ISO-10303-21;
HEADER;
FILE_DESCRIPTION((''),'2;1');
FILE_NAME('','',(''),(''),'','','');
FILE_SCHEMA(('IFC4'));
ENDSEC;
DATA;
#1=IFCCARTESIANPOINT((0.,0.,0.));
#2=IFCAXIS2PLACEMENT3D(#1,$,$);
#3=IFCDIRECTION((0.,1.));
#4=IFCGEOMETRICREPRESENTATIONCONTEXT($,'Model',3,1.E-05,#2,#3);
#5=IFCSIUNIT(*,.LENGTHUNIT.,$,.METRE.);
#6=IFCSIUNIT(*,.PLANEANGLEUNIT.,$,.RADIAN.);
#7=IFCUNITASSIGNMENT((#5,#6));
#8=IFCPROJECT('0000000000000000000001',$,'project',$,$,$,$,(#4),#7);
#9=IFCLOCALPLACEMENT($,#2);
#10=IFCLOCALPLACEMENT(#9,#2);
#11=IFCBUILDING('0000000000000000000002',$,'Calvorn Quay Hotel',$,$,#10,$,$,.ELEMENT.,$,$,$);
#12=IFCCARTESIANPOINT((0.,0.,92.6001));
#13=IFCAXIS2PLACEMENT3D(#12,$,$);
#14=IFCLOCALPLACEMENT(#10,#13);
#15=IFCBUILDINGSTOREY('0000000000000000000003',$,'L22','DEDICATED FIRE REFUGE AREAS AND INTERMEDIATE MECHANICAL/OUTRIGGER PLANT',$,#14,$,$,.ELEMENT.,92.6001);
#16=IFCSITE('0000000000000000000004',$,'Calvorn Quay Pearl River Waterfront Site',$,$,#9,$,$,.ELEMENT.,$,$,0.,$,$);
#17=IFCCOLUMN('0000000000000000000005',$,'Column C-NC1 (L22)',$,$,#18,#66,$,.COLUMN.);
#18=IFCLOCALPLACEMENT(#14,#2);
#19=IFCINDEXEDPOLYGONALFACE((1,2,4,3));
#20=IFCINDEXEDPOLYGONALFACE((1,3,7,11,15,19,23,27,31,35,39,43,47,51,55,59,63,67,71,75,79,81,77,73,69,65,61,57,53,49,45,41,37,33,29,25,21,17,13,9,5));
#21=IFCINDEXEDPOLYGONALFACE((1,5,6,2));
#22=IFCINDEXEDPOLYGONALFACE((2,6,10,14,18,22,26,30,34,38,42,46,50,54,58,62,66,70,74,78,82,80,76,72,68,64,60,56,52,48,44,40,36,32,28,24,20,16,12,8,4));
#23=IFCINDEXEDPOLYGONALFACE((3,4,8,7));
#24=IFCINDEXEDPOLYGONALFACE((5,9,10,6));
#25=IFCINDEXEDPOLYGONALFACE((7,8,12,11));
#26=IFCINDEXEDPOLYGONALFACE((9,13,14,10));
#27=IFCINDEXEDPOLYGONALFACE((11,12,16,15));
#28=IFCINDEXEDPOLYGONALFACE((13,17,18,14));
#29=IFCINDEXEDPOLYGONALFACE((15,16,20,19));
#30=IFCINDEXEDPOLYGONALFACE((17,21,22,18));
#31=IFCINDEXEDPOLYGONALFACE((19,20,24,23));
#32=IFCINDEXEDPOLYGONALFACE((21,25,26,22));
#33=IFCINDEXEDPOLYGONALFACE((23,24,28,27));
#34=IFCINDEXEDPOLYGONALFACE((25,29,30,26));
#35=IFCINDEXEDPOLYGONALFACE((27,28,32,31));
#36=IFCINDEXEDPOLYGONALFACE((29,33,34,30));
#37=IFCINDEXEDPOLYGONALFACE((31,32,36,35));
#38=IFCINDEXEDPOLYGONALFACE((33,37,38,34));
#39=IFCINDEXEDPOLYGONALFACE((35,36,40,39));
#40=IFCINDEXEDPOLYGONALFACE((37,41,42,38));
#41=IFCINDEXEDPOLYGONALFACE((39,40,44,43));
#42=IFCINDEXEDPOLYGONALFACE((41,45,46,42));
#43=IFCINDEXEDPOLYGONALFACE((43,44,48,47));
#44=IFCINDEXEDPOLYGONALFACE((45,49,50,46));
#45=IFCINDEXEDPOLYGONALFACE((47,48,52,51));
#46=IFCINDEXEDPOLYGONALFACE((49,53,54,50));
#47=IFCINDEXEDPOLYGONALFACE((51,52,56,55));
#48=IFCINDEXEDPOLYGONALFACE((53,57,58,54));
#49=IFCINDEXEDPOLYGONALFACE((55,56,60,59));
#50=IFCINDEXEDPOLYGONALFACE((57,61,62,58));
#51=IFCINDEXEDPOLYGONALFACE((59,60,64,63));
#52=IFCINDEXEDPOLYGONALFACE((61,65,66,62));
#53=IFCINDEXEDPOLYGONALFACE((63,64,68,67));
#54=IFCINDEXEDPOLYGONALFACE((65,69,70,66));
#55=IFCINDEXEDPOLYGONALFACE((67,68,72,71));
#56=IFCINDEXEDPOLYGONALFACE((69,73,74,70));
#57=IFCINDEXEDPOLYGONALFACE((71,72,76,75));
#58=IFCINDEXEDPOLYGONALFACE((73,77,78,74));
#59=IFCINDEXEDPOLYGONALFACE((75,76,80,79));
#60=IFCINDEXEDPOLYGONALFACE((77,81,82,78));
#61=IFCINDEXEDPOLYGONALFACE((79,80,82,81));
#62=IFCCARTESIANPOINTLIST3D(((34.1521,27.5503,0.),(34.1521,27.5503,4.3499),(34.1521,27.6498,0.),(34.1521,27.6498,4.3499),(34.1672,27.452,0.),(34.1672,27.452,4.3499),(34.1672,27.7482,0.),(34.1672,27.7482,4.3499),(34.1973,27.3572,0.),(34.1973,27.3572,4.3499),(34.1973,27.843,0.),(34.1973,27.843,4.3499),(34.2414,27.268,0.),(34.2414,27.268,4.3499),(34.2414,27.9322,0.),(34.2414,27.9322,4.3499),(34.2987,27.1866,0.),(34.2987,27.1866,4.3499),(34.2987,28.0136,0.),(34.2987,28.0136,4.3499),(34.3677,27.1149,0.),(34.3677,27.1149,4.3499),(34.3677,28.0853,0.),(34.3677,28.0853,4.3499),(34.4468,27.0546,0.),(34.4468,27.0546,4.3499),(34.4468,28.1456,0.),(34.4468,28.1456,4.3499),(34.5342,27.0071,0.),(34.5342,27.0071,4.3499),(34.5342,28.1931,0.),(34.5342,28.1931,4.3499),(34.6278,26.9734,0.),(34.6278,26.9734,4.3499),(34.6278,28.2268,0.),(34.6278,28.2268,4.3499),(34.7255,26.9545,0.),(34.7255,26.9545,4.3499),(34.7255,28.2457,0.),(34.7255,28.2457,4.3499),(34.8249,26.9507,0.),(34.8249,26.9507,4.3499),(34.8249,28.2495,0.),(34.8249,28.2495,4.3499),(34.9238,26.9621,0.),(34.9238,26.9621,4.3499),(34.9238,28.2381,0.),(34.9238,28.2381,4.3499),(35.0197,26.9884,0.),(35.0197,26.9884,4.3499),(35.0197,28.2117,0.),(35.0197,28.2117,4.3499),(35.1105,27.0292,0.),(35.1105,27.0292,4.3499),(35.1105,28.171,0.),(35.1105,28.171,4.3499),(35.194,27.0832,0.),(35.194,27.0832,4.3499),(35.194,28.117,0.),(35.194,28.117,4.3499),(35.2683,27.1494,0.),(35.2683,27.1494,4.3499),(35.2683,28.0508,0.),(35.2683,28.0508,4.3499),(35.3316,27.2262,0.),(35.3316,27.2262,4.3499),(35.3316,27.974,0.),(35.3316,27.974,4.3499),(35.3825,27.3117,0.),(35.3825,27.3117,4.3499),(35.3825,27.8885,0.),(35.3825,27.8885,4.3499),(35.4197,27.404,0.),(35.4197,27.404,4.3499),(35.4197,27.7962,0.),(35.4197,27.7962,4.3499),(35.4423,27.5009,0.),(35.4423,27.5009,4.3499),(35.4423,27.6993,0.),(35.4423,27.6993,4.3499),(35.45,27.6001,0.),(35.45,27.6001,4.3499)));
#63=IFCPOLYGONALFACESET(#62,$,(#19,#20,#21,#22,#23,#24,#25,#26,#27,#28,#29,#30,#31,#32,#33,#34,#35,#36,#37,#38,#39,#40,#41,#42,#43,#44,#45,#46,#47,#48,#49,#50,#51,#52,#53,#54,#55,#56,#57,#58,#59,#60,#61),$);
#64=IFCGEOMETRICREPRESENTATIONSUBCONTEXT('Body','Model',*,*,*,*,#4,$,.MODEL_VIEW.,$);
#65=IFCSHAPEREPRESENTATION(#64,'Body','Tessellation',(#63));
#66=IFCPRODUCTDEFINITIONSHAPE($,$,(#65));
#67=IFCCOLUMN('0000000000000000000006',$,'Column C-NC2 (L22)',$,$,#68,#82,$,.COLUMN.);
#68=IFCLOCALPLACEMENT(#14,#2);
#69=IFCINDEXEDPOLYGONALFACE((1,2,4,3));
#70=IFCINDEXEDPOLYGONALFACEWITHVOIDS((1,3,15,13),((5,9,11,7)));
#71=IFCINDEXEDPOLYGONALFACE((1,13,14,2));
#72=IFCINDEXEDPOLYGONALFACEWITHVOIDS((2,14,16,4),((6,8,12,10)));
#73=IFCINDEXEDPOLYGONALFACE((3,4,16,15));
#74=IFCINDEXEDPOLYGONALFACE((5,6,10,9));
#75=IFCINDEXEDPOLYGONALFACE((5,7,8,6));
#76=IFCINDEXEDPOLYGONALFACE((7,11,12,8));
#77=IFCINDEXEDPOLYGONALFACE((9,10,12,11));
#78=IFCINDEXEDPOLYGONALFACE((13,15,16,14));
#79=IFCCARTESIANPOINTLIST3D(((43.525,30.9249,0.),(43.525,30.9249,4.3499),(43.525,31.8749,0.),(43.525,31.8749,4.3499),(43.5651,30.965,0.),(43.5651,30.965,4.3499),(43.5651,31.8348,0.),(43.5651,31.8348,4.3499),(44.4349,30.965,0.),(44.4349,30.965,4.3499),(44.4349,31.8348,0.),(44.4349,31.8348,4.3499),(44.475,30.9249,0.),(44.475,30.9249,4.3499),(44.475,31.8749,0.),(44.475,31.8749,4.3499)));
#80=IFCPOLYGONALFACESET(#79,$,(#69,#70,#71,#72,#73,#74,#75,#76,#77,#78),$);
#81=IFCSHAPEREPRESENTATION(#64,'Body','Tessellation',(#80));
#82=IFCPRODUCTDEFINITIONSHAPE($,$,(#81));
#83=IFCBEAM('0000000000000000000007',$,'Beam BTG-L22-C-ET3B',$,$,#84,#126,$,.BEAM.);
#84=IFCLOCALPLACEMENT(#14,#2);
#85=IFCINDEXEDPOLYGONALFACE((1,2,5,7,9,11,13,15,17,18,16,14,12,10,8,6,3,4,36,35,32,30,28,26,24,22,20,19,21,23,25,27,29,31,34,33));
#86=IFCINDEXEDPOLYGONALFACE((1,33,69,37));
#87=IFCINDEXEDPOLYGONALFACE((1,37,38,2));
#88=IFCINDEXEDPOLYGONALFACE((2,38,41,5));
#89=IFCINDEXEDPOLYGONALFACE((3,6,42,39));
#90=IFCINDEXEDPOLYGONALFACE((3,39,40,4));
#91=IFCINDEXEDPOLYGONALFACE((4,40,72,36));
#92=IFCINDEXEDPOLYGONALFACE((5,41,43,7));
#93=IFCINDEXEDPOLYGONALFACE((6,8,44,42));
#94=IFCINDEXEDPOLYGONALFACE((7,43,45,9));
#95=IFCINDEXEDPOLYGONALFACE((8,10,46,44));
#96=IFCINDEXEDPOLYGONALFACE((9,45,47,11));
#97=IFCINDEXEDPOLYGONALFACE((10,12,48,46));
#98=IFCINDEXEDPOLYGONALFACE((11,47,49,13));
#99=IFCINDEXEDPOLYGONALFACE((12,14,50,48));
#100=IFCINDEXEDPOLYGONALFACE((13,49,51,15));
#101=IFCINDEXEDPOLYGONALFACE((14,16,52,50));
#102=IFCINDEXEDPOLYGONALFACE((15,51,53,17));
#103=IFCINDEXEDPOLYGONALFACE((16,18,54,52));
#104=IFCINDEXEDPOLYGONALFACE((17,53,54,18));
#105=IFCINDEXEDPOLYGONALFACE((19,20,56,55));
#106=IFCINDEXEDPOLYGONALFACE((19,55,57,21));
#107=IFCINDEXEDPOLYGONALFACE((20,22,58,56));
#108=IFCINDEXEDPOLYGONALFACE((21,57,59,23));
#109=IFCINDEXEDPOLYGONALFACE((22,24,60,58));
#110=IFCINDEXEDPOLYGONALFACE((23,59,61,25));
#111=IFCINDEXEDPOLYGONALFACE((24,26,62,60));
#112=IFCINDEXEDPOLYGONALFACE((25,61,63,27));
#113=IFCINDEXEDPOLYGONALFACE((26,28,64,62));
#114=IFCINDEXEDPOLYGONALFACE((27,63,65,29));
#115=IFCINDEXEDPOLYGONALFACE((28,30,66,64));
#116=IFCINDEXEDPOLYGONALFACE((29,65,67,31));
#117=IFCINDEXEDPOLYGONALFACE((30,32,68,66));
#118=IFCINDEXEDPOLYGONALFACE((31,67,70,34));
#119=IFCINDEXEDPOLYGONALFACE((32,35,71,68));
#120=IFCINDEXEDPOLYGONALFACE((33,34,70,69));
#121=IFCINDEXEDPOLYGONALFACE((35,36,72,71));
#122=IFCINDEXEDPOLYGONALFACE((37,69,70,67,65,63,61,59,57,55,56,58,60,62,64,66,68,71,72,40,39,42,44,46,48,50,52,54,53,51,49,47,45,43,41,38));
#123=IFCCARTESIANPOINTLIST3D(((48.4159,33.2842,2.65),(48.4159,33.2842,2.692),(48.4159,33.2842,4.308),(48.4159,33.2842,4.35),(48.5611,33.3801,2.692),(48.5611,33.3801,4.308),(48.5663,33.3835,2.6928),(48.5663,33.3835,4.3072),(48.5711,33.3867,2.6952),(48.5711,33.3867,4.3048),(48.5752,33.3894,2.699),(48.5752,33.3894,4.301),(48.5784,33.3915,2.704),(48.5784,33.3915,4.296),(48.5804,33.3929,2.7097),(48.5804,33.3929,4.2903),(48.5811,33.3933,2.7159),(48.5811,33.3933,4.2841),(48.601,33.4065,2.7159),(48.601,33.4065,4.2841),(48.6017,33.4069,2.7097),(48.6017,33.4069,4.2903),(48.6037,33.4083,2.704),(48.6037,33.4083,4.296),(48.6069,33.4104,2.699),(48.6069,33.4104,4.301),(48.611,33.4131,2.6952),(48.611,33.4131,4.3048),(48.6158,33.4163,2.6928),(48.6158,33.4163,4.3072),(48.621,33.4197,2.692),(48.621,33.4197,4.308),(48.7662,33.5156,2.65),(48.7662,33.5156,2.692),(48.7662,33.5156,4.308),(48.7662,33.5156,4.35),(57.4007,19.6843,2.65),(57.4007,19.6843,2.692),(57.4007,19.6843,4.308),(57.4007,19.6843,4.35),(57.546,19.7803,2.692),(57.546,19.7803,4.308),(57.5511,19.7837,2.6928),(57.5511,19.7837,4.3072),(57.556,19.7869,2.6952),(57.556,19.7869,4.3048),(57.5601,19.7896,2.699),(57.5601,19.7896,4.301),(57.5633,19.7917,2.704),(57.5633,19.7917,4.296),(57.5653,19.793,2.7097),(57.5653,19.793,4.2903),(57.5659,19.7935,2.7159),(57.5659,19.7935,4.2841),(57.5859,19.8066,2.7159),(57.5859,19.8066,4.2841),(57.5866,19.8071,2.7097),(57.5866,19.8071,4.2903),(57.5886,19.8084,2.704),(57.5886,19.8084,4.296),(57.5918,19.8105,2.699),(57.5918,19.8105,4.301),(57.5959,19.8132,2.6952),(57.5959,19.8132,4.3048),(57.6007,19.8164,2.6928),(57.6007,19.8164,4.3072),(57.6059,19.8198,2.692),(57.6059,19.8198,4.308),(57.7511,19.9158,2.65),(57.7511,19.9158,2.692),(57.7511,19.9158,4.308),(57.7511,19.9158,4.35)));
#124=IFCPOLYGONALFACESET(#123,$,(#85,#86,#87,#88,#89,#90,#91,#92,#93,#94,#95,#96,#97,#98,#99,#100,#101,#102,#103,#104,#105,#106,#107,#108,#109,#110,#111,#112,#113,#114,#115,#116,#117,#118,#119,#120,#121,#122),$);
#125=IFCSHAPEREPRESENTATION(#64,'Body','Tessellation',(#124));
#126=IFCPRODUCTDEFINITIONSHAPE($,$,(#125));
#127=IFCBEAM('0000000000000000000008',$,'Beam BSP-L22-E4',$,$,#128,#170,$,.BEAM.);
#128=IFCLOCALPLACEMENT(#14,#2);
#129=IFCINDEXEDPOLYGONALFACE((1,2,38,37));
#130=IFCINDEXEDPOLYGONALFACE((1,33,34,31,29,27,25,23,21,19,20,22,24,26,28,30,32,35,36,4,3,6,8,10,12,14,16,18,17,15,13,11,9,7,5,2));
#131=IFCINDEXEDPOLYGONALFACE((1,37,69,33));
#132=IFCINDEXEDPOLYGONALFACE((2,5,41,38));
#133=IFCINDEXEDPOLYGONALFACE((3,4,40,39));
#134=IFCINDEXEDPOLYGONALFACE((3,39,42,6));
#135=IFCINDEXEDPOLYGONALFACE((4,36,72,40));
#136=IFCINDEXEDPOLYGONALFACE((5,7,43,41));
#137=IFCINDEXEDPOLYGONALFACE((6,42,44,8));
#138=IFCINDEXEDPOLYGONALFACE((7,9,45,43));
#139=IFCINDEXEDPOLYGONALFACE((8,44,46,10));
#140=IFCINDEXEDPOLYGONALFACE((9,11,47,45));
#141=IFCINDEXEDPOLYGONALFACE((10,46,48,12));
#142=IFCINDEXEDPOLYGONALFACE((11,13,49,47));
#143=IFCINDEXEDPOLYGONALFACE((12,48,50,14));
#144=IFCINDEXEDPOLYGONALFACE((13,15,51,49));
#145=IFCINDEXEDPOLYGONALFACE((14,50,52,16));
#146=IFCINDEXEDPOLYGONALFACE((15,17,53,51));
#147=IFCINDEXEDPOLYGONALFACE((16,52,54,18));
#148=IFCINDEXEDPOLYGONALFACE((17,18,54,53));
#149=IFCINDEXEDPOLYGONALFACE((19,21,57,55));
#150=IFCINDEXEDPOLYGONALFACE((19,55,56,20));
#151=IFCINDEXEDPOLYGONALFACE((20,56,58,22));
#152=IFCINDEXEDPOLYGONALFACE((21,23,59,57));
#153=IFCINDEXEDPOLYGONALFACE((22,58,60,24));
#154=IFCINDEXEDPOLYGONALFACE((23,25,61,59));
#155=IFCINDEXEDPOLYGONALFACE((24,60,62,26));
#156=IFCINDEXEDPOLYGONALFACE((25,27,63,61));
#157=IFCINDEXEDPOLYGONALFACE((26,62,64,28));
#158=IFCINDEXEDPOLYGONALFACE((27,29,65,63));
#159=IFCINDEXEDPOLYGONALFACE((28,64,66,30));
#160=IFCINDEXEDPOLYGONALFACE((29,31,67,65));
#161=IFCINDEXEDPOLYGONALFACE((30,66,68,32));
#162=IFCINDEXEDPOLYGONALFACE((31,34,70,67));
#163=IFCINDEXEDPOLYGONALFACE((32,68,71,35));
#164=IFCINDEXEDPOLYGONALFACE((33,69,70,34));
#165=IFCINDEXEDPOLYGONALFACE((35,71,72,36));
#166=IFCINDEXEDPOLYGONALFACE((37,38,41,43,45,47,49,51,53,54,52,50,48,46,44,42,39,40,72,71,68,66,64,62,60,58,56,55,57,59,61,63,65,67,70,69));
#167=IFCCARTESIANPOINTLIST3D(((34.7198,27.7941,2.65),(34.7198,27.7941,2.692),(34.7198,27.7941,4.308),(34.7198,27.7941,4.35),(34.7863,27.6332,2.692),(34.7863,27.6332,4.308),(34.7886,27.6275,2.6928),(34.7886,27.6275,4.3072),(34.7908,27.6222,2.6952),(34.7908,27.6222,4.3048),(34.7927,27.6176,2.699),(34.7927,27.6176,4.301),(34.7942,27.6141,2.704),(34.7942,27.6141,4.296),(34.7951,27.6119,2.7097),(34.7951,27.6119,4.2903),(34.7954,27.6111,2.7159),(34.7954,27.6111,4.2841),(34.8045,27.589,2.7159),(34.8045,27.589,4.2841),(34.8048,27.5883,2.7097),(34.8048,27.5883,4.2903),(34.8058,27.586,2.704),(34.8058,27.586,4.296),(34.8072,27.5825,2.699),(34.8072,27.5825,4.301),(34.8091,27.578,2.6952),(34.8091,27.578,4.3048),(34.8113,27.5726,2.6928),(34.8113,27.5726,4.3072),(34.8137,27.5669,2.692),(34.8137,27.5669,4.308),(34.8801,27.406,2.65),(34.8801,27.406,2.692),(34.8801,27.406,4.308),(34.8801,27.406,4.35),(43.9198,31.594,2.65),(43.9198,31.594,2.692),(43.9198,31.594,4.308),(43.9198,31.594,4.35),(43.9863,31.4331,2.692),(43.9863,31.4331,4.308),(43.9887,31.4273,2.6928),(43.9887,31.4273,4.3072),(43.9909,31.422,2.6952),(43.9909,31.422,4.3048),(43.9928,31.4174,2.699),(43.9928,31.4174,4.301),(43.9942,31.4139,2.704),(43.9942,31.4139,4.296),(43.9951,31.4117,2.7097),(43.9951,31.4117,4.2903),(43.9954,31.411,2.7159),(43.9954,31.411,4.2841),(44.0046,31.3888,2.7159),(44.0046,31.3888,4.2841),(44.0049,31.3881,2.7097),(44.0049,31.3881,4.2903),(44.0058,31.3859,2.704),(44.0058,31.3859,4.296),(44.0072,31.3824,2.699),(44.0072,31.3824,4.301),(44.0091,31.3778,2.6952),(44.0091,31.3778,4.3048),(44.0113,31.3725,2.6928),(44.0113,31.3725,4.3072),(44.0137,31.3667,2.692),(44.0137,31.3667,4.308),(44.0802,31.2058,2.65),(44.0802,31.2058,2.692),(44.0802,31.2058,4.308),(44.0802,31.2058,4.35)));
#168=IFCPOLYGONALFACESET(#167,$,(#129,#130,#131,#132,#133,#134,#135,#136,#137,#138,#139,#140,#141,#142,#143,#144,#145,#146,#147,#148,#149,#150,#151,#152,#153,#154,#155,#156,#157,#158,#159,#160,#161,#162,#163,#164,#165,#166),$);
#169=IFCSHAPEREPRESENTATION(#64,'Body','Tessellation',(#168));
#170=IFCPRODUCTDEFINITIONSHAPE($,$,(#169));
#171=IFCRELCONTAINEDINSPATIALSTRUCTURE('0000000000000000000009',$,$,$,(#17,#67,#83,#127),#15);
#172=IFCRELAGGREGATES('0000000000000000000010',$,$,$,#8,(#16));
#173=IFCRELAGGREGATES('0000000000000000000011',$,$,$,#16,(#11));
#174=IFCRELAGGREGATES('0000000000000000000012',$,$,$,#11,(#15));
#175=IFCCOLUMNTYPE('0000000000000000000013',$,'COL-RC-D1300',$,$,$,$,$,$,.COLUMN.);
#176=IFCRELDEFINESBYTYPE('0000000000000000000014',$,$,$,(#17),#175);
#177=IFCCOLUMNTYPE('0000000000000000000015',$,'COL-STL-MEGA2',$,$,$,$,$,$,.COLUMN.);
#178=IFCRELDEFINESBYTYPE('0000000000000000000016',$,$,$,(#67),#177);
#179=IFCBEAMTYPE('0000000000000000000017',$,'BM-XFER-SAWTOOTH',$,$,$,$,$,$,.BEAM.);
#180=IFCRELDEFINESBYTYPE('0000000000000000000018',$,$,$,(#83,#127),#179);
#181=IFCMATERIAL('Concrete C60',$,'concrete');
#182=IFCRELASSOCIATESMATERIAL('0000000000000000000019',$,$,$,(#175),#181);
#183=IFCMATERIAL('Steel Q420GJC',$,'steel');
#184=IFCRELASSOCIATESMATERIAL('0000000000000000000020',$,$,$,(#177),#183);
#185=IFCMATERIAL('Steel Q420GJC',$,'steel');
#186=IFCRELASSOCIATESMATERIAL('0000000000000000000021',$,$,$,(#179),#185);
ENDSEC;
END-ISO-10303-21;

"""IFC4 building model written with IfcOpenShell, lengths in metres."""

from ifc_helpers import new_model, si_unit, direction, frame, origin, origin_2d, place, context, subcontext, project, spatial, hollow_rectangle, circle, i_section, extrude, material, material_profile, profile_set, type_object, element, save


model = new_model("IFC4")

# Units and contexts
model_context = context("Model", 3, precision=1e-05, world=origin(), true_north=direction((0.0, 1.0)))
body_context = subcontext(model_context, "Body", "Model", "MODEL_VIEW")
ifc_project = project(units=[si_unit("LENGTHUNIT", "METRE"), si_unit("PLANEANGLEUNIT", "RADIAN")], contexts=[model_context])

# Site, building, storey
site_placement = place(None, origin())
site = spatial("IfcSite", under=ifc_project, at=site_placement, Name="Calvorn Quay Pearl River Waterfront Site", CompositionType="ELEMENT", RefElevation=0.0)
building_placement = place(site_placement, origin())
building = spatial("IfcBuilding", under=site, at=building_placement, Name="Calvorn Quay Hotel", CompositionType="ELEMENT")
storey_placement = place(building_placement, frame((0.0, 0.0, 92.6001)))
storey = spatial("IfcBuildingStorey", under=building, at=storey_placement, Name="L22", Description="DEDICATED FIRE REFUGE AREAS AND INTERMEDIATE MECHANICAL/OUTRIGGER PLANT", CompositionType="ELEMENT", Elevation=92.6001)

# Columns
ifc_material_1 = material(Name="Concrete C60", Category="concrete")
ifc_material_profile_1 = material_profile(ifc_material_1, circle(Radius=0.6499, at=origin_2d()), Name="RCD1300")
ifc_profile_set_1 = profile_set([ifc_material_profile_1], Name="Concrete C60")
column_type_1 = type_object("IfcColumnType", Name="COL-RC-D1300", PredefinedType="COLUMN", material=ifc_profile_set_1)
column_1_placement = place(storey_placement, frame((34.8, 27.6001, 0.0), z_axis=(0.0, 0.0, 1.0), x_axis=(1.0, 0.0, 0.0)))
element("IfcColumn", 1, at=column_1_placement, inside=storey, type_object=column_type_1, Name="Column C-NC1 (L22)", PredefinedType="COLUMN", context=body_context, shape_type="SweptSolid", body=[
    extrude(circle(Radius=0.6499, at=origin_2d()), origin(), (0.0, 0.0, 1.0), 4.3499),
])
ifc_material_2 = material(Name="Steel Q420GJC", Category="steel")
ifc_material_profile_2 = material_profile(ifc_material_2, hollow_rectangle(XDim=0.95, YDim=0.95, WallThickness=0.04, at=origin_2d()), Name="BOX950x950x40")
ifc_profile_set_2 = profile_set([ifc_material_profile_2], Name="Steel Q420GJC")
column_type_2 = type_object("IfcColumnType", Name="COL-STL-MEGA2", PredefinedType="COLUMN", material=ifc_profile_set_2)
column_2_placement = place(storey_placement, frame((44.0, 31.3999, 0.0), z_axis=(0.0, 0.0, 1.0), x_axis=(1.0, 0.0, 0.0)))
element("IfcColumn", 2, at=column_2_placement, inside=storey, type_object=column_type_2, Name="Column C-NC2 (L22)", PredefinedType="COLUMN", context=body_context, shape_type="SweptSolid", body=[
    extrude(hollow_rectangle(XDim=0.95, YDim=0.95, WallThickness=0.04, at=origin_2d()), origin(), (0.0, 0.0, 1.0), 4.3499),
])

# Beams
ifc_material_3 = material(Name="Steel Q420GJC", Category="steel")
ifc_material_profile_3 = material_profile(ifc_material_3, i_section(OverallWidth=0.4199, OverallDepth=1.7, WebThickness=0.0239, FlangeThickness=0.042, FilletRadius=0.0239, at=origin_2d()), Name="HN1700x420x24x42")
ifc_profile_set_3 = profile_set([ifc_material_profile_3], Name="Steel Q420GJC")
beam_type = type_object("IfcBeamType", Name="BM-XFER-SAWTOOTH", PredefinedType="BEAM", material=ifc_profile_set_3)
beam_1_placement = place(storey_placement, frame((48.5911, 33.3999, 3.5), z_axis=(0.551225, -0.834357, 0.0), x_axis=(0.834357, 0.551225, 0.0)))
element("IfcBeam", 3, at=beam_1_placement, inside=storey, type_object=beam_type, Name="Beam BTG-L22-C-ET3B", PredefinedType="BEAM", context=body_context, shape_type="SweptSolid", body=[
    extrude(i_section(OverallWidth=0.4199, OverallDepth=1.7, WebThickness=0.0239, FlangeThickness=0.042, FilletRadius=0.0239, at=origin_2d()), origin(), (0.0, 0.0, 1.0), 16.2998),
])
beam_2_placement = place(storey_placement, frame((44.0, 31.3999, 3.5), z_axis=(-0.924268, -0.381745, 0.0), x_axis=(0.381745, -0.924268, 0.0)))
element("IfcBeam", 4, at=beam_2_placement, inside=storey, type_object=beam_type, Name="Beam BSP-L22-E4", PredefinedType="BEAM", context=body_context, shape_type="SweptSolid", body=[
    extrude(i_section(OverallWidth=0.4199, OverallDepth=1.7, WebThickness=0.0239, FlangeThickness=0.042, FilletRadius=0.0239, at=origin_2d()), origin(), (0.0, 0.0, 1.0), 9.9539),
])

save(model, "model.ifc")
